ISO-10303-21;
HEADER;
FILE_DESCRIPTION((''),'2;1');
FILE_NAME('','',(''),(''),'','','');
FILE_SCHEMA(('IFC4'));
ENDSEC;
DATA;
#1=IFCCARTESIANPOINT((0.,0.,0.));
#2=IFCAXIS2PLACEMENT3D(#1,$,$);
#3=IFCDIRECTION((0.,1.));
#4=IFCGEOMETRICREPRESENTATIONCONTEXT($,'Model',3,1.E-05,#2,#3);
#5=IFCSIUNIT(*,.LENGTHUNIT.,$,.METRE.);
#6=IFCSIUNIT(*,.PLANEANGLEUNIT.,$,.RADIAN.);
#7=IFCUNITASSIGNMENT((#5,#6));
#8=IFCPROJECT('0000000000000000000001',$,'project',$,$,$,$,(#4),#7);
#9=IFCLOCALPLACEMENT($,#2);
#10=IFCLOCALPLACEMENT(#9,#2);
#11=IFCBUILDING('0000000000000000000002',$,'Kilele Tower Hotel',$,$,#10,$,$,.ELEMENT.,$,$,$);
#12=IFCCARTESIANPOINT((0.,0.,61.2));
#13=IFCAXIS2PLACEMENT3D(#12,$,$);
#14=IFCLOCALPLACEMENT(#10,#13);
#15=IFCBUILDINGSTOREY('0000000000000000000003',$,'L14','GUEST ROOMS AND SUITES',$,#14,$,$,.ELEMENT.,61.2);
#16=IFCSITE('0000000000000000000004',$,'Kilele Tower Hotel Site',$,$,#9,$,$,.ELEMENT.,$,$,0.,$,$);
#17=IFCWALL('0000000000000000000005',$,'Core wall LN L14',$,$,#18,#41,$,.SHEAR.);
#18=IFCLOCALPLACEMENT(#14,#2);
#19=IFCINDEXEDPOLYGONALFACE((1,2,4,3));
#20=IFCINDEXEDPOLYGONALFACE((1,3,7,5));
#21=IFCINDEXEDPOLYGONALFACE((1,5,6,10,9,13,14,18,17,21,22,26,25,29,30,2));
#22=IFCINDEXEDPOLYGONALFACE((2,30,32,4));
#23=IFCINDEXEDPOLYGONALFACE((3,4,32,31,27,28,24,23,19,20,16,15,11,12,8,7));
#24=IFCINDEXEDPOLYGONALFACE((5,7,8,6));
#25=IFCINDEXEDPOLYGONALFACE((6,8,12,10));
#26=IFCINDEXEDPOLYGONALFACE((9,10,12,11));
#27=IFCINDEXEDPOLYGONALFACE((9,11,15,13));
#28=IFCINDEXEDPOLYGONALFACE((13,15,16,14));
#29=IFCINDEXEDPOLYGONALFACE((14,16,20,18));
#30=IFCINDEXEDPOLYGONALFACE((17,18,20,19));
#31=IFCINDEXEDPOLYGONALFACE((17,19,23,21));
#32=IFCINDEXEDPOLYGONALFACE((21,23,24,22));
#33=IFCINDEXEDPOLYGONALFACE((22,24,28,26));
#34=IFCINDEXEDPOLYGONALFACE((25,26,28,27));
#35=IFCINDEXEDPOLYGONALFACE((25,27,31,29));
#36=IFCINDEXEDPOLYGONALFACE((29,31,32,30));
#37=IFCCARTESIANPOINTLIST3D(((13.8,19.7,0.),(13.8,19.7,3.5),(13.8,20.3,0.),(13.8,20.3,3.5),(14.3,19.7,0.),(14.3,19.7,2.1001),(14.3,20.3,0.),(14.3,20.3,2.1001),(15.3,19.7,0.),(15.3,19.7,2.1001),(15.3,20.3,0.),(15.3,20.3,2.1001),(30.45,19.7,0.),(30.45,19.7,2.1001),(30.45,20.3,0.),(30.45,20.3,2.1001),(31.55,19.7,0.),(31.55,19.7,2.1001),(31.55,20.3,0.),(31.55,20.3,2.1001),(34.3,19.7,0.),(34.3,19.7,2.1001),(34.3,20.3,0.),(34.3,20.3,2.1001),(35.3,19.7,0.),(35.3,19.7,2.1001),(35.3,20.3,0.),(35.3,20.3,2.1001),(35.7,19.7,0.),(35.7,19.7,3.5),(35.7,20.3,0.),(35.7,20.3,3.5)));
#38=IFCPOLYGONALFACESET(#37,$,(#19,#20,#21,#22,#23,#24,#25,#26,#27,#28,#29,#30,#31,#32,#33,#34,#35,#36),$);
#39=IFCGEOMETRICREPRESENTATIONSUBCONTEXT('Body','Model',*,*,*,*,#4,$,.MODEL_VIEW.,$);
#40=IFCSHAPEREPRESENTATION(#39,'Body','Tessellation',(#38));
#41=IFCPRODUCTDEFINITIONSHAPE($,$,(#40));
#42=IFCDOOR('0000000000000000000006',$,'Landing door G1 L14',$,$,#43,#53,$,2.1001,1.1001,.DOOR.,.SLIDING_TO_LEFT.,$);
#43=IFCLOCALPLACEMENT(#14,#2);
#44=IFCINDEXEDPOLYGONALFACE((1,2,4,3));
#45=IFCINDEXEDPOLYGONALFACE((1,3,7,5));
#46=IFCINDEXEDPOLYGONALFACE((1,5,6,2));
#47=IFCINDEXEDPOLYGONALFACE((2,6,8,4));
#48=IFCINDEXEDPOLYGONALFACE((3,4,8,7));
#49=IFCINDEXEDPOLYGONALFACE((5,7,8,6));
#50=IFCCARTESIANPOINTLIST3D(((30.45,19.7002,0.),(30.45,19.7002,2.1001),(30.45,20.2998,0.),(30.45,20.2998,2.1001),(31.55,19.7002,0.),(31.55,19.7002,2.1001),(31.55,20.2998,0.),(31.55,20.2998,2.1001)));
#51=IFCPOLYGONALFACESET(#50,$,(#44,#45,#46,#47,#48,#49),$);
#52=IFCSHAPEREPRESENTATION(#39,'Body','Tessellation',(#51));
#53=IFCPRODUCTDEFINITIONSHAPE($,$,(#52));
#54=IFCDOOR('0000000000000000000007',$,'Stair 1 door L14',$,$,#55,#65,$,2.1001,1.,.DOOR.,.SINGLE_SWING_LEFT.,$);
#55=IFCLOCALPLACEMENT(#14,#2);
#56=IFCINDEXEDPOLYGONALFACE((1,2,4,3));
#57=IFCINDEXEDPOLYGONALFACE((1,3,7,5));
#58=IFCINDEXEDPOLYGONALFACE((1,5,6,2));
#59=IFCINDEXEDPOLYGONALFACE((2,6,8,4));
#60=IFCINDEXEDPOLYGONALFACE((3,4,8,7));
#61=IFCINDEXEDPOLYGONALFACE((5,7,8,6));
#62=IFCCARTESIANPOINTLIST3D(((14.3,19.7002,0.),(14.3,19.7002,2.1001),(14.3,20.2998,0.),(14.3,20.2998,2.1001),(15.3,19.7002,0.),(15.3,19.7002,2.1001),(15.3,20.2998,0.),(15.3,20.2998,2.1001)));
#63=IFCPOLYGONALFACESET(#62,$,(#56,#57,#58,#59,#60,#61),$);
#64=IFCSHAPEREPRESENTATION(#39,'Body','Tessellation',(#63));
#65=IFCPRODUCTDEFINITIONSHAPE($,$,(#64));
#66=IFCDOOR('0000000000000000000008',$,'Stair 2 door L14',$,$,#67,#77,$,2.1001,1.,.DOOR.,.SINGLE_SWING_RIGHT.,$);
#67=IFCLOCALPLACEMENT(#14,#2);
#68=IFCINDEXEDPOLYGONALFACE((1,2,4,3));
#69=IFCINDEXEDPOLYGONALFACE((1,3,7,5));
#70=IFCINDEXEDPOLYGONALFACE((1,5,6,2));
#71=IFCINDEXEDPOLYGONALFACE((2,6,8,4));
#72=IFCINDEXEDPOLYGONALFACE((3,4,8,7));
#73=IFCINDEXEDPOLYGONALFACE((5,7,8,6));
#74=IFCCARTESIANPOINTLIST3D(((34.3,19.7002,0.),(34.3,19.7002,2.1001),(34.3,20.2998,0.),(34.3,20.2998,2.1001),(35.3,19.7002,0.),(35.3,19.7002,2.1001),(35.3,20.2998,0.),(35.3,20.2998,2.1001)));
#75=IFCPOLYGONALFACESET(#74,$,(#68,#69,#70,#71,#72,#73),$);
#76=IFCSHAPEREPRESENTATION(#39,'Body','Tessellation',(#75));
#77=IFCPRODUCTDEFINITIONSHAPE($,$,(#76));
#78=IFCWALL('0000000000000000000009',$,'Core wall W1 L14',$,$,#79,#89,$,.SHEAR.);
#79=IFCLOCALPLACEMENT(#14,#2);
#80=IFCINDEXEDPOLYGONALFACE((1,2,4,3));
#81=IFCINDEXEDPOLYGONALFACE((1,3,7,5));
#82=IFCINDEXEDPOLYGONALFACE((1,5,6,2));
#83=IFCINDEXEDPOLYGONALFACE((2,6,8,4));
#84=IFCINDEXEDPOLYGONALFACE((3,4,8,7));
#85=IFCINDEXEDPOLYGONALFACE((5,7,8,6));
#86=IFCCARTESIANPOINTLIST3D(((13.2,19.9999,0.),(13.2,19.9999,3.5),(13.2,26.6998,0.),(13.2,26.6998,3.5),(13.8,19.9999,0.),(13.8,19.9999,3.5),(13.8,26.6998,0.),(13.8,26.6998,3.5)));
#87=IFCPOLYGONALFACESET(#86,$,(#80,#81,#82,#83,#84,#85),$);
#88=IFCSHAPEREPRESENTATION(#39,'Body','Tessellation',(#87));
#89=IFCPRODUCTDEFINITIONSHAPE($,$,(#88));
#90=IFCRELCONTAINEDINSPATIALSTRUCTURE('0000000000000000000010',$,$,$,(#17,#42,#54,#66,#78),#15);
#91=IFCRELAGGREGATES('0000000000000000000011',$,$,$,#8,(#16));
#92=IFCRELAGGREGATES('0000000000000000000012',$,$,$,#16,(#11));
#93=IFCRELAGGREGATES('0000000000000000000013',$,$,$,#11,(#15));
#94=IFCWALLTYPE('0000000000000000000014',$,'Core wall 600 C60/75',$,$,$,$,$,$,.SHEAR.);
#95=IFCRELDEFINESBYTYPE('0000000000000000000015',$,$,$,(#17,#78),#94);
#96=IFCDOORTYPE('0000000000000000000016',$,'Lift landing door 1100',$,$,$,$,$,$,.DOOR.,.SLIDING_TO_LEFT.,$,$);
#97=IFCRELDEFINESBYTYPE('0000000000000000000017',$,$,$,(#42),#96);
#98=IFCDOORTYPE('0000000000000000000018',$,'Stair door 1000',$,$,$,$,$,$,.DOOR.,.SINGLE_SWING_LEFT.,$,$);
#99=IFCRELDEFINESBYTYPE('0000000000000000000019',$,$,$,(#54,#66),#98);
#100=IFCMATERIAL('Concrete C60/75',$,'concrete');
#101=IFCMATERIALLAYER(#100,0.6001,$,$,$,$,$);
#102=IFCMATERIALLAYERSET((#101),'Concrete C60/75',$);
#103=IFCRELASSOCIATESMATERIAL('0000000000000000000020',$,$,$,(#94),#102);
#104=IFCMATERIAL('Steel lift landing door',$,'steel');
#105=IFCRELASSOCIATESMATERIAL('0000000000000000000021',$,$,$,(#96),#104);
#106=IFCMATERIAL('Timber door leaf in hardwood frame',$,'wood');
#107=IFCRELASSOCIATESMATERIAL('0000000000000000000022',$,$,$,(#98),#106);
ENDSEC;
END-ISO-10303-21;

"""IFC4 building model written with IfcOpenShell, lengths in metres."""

from ifc_helpers import new_model, si_unit, direction, frame, frame_2d, origin, place, context, subcontext, project, spatial, rectangle, extrude, material, layer, layer_set, type_object, element, fill, save


model = new_model("IFC4")

# Units and contexts
model_context = context("Model", 3, precision=1e-05, world=origin(), true_north=direction((0.0, 1.0)))
body_context = subcontext(model_context, "Body", "Model", "MODEL_VIEW")
ifc_project = project(units=[si_unit("LENGTHUNIT", "METRE"), si_unit("PLANEANGLEUNIT", "RADIAN")], contexts=[model_context])

# Site, building, storey
site_placement = place(None, origin())
site = spatial("IfcSite", under=ifc_project, at=site_placement, Name="Kilele Tower Hotel Site", CompositionType="ELEMENT", RefElevation=0.0)
building_placement = place(site_placement, origin())
building = spatial("IfcBuilding", under=site, at=building_placement, Name="Kilele Tower Hotel", CompositionType="ELEMENT")
storey_placement = place(building_placement, frame((0.0, 0.0, 61.2)))
storey = spatial("IfcBuildingStorey", under=building, at=storey_placement, Name="L14", Description="GUEST ROOMS AND SUITES", CompositionType="ELEMENT", Elevation=61.2)

# Wall, openings, doors
ifc_material_1 = material(Name="Concrete C60/75", Category="concrete")
ifc_layer_1 = layer(ifc_material_1, 0.6001)
ifc_layer_set_1 = layer_set([ifc_layer_1], Name="Concrete C60/75")
wall_type_1 = type_object("IfcWallType", Name="Core wall 600 C60/75", PredefinedType="SHEAR", material=ifc_layer_set_1)
wall_1_placement = place(storey_placement, frame((13.8, 20.0, 0.0), z_axis=(0.0, 0.0, 1.0), x_axis=(1.0, 0.0, 0.0)))
wall_1 = element("IfcWall", 1, at=wall_1_placement, inside=storey, type_object=wall_type_1, Name="Core wall LN L14", PredefinedType="SHEAR", context=body_context, shape_type="SweptSolid", body=[
    extrude(rectangle(XDim=21.8999, YDim=0.6001, at=frame_2d((10.95, 0.0))), origin(), (0.0, 0.0, 1.0), 3.5),
])
opening_1_placement = place(wall_1_placement, frame((0.5, 0.0, 0.0)))
opening_1 = element("IfcOpeningElement", 2, at=opening_1_placement, cuts=wall_1, PredefinedType="OPENING", context=body_context, shape_type="SweptSolid", body=[
    extrude(rectangle(XDim=1.0, YDim=2.1001, at=frame_2d((0.5, 1.05))), frame((0.0, 0.3101, 0.0), z_axis=(0.0, -1.0, 0.0), x_axis=(1.0, 0.0, 0.0)), (0.0, 0.0, 1.0), 0.6201),
])
opening_2_placement = place(wall_1_placement, frame((20.5, 0.0, 0.0)))
opening_2 = element("IfcOpeningElement", 3, at=opening_2_placement, cuts=wall_1, PredefinedType="OPENING", context=body_context, shape_type="SweptSolid", body=[
    extrude(rectangle(XDim=1.0, YDim=2.1001, at=frame_2d((0.5, 1.05))), frame((0.0, 0.3101, 0.0), z_axis=(0.0, -1.0, 0.0), x_axis=(1.0, 0.0, 0.0)), (0.0, 0.0, 1.0), 0.6201),
])
opening_3_placement = place(wall_1_placement, frame((16.6499, 0.0, 0.0)))
opening_3 = element("IfcOpeningElement", 4, at=opening_3_placement, cuts=wall_1, PredefinedType="OPENING", context=body_context, shape_type="SweptSolid", body=[
    extrude(rectangle(XDim=1.1001, YDim=2.1001, at=frame_2d((0.55, 1.05))), frame((0.0, 0.3101, 0.0), z_axis=(0.0, -1.0, 0.0), x_axis=(1.0, 0.0, 0.0)), (0.0, 0.0, 1.0), 0.6201),
])
ifc_material_2 = material(Name="Steel lift landing door", Category="steel")
door_type_1 = type_object("IfcDoorType", Name="Lift landing door 1100", OperationType="SLIDING_TO_LEFT", PredefinedType="DOOR", material=ifc_material_2)
door_1_placement = place(opening_3_placement, origin())
door_1 = element("IfcDoor", 5, at=door_1_placement, inside=storey, type_object=door_type_1, Name="Landing door G1 L14", OperationType="SLIDING_TO_LEFT", OverallHeight=2.1001, OverallWidth=1.1001, PredefinedType="DOOR", context=body_context, shape_type="SweptSolid", body=[
    extrude(rectangle(XDim=1.1001, YDim=2.1001, at=frame_2d((0.55, 1.05))), frame((0.0, 0.2998, 0.0), z_axis=(0.0, -1.0, 0.0), x_axis=(1.0, 0.0, 0.0)), (0.0, 0.0, 1.0), 0.5996),
])
fill(opening_3, door_1)
ifc_material_3 = material(Name="Timber door leaf in hardwood frame", Category="wood")
door_type_2 = type_object("IfcDoorType", Name="Stair door 1000", OperationType="SINGLE_SWING_LEFT", PredefinedType="DOOR", material=ifc_material_3)
door_2_placement = place(opening_1_placement, origin())
door_2 = element("IfcDoor", 6, at=door_2_placement, inside=storey, type_object=door_type_2, Name="Stair 1 door L14", OperationType="SINGLE_SWING_LEFT", OverallHeight=2.1001, OverallWidth=1.0, PredefinedType="DOOR", context=body_context, shape_type="SweptSolid", body=[
    extrude(rectangle(XDim=1.0, YDim=2.1001, at=frame_2d((0.5, 1.05))), frame((0.0, 0.2998, 0.0), z_axis=(0.0, -1.0, 0.0), x_axis=(1.0, 0.0, 0.0)), (0.0, 0.0, 1.0), 0.5996),
])
fill(opening_1, door_2)
door_3_placement = place(opening_2_placement, origin())
door_3 = element("IfcDoor", 7, at=door_3_placement, inside=storey, type_object=door_type_2, Name="Stair 2 door L14", OperationType="SINGLE_SWING_RIGHT", OverallHeight=2.1001, OverallWidth=1.0, PredefinedType="DOOR", context=body_context, shape_type="SweptSolid", body=[
    extrude(rectangle(XDim=1.0, YDim=2.1001, at=frame_2d((0.5, 1.05))), frame((0.0, 0.2998, 0.0), z_axis=(0.0, -1.0, 0.0), x_axis=(1.0, 0.0, 0.0)), (0.0, 0.0, 1.0), 0.5996),
])
fill(opening_2, door_3)

# Wall
wall_2_placement = place(storey_placement, frame((13.5, 26.7, 0.0), z_axis=(0.0, 0.0, 1.0), x_axis=(0.0, -1.0, 0.0)))
element("IfcWall", 8, at=wall_2_placement, inside=storey, type_object=wall_type_1, Name="Core wall W1 L14", PredefinedType="SHEAR", context=body_context, shape_type="SweptSolid", body=[
    extrude(rectangle(XDim=6.7, YDim=0.6001, at=frame_2d((3.3501, 0.0))), origin(), (0.0, 0.0, 1.0), 3.5),
])

save(model, "model.ifc")
